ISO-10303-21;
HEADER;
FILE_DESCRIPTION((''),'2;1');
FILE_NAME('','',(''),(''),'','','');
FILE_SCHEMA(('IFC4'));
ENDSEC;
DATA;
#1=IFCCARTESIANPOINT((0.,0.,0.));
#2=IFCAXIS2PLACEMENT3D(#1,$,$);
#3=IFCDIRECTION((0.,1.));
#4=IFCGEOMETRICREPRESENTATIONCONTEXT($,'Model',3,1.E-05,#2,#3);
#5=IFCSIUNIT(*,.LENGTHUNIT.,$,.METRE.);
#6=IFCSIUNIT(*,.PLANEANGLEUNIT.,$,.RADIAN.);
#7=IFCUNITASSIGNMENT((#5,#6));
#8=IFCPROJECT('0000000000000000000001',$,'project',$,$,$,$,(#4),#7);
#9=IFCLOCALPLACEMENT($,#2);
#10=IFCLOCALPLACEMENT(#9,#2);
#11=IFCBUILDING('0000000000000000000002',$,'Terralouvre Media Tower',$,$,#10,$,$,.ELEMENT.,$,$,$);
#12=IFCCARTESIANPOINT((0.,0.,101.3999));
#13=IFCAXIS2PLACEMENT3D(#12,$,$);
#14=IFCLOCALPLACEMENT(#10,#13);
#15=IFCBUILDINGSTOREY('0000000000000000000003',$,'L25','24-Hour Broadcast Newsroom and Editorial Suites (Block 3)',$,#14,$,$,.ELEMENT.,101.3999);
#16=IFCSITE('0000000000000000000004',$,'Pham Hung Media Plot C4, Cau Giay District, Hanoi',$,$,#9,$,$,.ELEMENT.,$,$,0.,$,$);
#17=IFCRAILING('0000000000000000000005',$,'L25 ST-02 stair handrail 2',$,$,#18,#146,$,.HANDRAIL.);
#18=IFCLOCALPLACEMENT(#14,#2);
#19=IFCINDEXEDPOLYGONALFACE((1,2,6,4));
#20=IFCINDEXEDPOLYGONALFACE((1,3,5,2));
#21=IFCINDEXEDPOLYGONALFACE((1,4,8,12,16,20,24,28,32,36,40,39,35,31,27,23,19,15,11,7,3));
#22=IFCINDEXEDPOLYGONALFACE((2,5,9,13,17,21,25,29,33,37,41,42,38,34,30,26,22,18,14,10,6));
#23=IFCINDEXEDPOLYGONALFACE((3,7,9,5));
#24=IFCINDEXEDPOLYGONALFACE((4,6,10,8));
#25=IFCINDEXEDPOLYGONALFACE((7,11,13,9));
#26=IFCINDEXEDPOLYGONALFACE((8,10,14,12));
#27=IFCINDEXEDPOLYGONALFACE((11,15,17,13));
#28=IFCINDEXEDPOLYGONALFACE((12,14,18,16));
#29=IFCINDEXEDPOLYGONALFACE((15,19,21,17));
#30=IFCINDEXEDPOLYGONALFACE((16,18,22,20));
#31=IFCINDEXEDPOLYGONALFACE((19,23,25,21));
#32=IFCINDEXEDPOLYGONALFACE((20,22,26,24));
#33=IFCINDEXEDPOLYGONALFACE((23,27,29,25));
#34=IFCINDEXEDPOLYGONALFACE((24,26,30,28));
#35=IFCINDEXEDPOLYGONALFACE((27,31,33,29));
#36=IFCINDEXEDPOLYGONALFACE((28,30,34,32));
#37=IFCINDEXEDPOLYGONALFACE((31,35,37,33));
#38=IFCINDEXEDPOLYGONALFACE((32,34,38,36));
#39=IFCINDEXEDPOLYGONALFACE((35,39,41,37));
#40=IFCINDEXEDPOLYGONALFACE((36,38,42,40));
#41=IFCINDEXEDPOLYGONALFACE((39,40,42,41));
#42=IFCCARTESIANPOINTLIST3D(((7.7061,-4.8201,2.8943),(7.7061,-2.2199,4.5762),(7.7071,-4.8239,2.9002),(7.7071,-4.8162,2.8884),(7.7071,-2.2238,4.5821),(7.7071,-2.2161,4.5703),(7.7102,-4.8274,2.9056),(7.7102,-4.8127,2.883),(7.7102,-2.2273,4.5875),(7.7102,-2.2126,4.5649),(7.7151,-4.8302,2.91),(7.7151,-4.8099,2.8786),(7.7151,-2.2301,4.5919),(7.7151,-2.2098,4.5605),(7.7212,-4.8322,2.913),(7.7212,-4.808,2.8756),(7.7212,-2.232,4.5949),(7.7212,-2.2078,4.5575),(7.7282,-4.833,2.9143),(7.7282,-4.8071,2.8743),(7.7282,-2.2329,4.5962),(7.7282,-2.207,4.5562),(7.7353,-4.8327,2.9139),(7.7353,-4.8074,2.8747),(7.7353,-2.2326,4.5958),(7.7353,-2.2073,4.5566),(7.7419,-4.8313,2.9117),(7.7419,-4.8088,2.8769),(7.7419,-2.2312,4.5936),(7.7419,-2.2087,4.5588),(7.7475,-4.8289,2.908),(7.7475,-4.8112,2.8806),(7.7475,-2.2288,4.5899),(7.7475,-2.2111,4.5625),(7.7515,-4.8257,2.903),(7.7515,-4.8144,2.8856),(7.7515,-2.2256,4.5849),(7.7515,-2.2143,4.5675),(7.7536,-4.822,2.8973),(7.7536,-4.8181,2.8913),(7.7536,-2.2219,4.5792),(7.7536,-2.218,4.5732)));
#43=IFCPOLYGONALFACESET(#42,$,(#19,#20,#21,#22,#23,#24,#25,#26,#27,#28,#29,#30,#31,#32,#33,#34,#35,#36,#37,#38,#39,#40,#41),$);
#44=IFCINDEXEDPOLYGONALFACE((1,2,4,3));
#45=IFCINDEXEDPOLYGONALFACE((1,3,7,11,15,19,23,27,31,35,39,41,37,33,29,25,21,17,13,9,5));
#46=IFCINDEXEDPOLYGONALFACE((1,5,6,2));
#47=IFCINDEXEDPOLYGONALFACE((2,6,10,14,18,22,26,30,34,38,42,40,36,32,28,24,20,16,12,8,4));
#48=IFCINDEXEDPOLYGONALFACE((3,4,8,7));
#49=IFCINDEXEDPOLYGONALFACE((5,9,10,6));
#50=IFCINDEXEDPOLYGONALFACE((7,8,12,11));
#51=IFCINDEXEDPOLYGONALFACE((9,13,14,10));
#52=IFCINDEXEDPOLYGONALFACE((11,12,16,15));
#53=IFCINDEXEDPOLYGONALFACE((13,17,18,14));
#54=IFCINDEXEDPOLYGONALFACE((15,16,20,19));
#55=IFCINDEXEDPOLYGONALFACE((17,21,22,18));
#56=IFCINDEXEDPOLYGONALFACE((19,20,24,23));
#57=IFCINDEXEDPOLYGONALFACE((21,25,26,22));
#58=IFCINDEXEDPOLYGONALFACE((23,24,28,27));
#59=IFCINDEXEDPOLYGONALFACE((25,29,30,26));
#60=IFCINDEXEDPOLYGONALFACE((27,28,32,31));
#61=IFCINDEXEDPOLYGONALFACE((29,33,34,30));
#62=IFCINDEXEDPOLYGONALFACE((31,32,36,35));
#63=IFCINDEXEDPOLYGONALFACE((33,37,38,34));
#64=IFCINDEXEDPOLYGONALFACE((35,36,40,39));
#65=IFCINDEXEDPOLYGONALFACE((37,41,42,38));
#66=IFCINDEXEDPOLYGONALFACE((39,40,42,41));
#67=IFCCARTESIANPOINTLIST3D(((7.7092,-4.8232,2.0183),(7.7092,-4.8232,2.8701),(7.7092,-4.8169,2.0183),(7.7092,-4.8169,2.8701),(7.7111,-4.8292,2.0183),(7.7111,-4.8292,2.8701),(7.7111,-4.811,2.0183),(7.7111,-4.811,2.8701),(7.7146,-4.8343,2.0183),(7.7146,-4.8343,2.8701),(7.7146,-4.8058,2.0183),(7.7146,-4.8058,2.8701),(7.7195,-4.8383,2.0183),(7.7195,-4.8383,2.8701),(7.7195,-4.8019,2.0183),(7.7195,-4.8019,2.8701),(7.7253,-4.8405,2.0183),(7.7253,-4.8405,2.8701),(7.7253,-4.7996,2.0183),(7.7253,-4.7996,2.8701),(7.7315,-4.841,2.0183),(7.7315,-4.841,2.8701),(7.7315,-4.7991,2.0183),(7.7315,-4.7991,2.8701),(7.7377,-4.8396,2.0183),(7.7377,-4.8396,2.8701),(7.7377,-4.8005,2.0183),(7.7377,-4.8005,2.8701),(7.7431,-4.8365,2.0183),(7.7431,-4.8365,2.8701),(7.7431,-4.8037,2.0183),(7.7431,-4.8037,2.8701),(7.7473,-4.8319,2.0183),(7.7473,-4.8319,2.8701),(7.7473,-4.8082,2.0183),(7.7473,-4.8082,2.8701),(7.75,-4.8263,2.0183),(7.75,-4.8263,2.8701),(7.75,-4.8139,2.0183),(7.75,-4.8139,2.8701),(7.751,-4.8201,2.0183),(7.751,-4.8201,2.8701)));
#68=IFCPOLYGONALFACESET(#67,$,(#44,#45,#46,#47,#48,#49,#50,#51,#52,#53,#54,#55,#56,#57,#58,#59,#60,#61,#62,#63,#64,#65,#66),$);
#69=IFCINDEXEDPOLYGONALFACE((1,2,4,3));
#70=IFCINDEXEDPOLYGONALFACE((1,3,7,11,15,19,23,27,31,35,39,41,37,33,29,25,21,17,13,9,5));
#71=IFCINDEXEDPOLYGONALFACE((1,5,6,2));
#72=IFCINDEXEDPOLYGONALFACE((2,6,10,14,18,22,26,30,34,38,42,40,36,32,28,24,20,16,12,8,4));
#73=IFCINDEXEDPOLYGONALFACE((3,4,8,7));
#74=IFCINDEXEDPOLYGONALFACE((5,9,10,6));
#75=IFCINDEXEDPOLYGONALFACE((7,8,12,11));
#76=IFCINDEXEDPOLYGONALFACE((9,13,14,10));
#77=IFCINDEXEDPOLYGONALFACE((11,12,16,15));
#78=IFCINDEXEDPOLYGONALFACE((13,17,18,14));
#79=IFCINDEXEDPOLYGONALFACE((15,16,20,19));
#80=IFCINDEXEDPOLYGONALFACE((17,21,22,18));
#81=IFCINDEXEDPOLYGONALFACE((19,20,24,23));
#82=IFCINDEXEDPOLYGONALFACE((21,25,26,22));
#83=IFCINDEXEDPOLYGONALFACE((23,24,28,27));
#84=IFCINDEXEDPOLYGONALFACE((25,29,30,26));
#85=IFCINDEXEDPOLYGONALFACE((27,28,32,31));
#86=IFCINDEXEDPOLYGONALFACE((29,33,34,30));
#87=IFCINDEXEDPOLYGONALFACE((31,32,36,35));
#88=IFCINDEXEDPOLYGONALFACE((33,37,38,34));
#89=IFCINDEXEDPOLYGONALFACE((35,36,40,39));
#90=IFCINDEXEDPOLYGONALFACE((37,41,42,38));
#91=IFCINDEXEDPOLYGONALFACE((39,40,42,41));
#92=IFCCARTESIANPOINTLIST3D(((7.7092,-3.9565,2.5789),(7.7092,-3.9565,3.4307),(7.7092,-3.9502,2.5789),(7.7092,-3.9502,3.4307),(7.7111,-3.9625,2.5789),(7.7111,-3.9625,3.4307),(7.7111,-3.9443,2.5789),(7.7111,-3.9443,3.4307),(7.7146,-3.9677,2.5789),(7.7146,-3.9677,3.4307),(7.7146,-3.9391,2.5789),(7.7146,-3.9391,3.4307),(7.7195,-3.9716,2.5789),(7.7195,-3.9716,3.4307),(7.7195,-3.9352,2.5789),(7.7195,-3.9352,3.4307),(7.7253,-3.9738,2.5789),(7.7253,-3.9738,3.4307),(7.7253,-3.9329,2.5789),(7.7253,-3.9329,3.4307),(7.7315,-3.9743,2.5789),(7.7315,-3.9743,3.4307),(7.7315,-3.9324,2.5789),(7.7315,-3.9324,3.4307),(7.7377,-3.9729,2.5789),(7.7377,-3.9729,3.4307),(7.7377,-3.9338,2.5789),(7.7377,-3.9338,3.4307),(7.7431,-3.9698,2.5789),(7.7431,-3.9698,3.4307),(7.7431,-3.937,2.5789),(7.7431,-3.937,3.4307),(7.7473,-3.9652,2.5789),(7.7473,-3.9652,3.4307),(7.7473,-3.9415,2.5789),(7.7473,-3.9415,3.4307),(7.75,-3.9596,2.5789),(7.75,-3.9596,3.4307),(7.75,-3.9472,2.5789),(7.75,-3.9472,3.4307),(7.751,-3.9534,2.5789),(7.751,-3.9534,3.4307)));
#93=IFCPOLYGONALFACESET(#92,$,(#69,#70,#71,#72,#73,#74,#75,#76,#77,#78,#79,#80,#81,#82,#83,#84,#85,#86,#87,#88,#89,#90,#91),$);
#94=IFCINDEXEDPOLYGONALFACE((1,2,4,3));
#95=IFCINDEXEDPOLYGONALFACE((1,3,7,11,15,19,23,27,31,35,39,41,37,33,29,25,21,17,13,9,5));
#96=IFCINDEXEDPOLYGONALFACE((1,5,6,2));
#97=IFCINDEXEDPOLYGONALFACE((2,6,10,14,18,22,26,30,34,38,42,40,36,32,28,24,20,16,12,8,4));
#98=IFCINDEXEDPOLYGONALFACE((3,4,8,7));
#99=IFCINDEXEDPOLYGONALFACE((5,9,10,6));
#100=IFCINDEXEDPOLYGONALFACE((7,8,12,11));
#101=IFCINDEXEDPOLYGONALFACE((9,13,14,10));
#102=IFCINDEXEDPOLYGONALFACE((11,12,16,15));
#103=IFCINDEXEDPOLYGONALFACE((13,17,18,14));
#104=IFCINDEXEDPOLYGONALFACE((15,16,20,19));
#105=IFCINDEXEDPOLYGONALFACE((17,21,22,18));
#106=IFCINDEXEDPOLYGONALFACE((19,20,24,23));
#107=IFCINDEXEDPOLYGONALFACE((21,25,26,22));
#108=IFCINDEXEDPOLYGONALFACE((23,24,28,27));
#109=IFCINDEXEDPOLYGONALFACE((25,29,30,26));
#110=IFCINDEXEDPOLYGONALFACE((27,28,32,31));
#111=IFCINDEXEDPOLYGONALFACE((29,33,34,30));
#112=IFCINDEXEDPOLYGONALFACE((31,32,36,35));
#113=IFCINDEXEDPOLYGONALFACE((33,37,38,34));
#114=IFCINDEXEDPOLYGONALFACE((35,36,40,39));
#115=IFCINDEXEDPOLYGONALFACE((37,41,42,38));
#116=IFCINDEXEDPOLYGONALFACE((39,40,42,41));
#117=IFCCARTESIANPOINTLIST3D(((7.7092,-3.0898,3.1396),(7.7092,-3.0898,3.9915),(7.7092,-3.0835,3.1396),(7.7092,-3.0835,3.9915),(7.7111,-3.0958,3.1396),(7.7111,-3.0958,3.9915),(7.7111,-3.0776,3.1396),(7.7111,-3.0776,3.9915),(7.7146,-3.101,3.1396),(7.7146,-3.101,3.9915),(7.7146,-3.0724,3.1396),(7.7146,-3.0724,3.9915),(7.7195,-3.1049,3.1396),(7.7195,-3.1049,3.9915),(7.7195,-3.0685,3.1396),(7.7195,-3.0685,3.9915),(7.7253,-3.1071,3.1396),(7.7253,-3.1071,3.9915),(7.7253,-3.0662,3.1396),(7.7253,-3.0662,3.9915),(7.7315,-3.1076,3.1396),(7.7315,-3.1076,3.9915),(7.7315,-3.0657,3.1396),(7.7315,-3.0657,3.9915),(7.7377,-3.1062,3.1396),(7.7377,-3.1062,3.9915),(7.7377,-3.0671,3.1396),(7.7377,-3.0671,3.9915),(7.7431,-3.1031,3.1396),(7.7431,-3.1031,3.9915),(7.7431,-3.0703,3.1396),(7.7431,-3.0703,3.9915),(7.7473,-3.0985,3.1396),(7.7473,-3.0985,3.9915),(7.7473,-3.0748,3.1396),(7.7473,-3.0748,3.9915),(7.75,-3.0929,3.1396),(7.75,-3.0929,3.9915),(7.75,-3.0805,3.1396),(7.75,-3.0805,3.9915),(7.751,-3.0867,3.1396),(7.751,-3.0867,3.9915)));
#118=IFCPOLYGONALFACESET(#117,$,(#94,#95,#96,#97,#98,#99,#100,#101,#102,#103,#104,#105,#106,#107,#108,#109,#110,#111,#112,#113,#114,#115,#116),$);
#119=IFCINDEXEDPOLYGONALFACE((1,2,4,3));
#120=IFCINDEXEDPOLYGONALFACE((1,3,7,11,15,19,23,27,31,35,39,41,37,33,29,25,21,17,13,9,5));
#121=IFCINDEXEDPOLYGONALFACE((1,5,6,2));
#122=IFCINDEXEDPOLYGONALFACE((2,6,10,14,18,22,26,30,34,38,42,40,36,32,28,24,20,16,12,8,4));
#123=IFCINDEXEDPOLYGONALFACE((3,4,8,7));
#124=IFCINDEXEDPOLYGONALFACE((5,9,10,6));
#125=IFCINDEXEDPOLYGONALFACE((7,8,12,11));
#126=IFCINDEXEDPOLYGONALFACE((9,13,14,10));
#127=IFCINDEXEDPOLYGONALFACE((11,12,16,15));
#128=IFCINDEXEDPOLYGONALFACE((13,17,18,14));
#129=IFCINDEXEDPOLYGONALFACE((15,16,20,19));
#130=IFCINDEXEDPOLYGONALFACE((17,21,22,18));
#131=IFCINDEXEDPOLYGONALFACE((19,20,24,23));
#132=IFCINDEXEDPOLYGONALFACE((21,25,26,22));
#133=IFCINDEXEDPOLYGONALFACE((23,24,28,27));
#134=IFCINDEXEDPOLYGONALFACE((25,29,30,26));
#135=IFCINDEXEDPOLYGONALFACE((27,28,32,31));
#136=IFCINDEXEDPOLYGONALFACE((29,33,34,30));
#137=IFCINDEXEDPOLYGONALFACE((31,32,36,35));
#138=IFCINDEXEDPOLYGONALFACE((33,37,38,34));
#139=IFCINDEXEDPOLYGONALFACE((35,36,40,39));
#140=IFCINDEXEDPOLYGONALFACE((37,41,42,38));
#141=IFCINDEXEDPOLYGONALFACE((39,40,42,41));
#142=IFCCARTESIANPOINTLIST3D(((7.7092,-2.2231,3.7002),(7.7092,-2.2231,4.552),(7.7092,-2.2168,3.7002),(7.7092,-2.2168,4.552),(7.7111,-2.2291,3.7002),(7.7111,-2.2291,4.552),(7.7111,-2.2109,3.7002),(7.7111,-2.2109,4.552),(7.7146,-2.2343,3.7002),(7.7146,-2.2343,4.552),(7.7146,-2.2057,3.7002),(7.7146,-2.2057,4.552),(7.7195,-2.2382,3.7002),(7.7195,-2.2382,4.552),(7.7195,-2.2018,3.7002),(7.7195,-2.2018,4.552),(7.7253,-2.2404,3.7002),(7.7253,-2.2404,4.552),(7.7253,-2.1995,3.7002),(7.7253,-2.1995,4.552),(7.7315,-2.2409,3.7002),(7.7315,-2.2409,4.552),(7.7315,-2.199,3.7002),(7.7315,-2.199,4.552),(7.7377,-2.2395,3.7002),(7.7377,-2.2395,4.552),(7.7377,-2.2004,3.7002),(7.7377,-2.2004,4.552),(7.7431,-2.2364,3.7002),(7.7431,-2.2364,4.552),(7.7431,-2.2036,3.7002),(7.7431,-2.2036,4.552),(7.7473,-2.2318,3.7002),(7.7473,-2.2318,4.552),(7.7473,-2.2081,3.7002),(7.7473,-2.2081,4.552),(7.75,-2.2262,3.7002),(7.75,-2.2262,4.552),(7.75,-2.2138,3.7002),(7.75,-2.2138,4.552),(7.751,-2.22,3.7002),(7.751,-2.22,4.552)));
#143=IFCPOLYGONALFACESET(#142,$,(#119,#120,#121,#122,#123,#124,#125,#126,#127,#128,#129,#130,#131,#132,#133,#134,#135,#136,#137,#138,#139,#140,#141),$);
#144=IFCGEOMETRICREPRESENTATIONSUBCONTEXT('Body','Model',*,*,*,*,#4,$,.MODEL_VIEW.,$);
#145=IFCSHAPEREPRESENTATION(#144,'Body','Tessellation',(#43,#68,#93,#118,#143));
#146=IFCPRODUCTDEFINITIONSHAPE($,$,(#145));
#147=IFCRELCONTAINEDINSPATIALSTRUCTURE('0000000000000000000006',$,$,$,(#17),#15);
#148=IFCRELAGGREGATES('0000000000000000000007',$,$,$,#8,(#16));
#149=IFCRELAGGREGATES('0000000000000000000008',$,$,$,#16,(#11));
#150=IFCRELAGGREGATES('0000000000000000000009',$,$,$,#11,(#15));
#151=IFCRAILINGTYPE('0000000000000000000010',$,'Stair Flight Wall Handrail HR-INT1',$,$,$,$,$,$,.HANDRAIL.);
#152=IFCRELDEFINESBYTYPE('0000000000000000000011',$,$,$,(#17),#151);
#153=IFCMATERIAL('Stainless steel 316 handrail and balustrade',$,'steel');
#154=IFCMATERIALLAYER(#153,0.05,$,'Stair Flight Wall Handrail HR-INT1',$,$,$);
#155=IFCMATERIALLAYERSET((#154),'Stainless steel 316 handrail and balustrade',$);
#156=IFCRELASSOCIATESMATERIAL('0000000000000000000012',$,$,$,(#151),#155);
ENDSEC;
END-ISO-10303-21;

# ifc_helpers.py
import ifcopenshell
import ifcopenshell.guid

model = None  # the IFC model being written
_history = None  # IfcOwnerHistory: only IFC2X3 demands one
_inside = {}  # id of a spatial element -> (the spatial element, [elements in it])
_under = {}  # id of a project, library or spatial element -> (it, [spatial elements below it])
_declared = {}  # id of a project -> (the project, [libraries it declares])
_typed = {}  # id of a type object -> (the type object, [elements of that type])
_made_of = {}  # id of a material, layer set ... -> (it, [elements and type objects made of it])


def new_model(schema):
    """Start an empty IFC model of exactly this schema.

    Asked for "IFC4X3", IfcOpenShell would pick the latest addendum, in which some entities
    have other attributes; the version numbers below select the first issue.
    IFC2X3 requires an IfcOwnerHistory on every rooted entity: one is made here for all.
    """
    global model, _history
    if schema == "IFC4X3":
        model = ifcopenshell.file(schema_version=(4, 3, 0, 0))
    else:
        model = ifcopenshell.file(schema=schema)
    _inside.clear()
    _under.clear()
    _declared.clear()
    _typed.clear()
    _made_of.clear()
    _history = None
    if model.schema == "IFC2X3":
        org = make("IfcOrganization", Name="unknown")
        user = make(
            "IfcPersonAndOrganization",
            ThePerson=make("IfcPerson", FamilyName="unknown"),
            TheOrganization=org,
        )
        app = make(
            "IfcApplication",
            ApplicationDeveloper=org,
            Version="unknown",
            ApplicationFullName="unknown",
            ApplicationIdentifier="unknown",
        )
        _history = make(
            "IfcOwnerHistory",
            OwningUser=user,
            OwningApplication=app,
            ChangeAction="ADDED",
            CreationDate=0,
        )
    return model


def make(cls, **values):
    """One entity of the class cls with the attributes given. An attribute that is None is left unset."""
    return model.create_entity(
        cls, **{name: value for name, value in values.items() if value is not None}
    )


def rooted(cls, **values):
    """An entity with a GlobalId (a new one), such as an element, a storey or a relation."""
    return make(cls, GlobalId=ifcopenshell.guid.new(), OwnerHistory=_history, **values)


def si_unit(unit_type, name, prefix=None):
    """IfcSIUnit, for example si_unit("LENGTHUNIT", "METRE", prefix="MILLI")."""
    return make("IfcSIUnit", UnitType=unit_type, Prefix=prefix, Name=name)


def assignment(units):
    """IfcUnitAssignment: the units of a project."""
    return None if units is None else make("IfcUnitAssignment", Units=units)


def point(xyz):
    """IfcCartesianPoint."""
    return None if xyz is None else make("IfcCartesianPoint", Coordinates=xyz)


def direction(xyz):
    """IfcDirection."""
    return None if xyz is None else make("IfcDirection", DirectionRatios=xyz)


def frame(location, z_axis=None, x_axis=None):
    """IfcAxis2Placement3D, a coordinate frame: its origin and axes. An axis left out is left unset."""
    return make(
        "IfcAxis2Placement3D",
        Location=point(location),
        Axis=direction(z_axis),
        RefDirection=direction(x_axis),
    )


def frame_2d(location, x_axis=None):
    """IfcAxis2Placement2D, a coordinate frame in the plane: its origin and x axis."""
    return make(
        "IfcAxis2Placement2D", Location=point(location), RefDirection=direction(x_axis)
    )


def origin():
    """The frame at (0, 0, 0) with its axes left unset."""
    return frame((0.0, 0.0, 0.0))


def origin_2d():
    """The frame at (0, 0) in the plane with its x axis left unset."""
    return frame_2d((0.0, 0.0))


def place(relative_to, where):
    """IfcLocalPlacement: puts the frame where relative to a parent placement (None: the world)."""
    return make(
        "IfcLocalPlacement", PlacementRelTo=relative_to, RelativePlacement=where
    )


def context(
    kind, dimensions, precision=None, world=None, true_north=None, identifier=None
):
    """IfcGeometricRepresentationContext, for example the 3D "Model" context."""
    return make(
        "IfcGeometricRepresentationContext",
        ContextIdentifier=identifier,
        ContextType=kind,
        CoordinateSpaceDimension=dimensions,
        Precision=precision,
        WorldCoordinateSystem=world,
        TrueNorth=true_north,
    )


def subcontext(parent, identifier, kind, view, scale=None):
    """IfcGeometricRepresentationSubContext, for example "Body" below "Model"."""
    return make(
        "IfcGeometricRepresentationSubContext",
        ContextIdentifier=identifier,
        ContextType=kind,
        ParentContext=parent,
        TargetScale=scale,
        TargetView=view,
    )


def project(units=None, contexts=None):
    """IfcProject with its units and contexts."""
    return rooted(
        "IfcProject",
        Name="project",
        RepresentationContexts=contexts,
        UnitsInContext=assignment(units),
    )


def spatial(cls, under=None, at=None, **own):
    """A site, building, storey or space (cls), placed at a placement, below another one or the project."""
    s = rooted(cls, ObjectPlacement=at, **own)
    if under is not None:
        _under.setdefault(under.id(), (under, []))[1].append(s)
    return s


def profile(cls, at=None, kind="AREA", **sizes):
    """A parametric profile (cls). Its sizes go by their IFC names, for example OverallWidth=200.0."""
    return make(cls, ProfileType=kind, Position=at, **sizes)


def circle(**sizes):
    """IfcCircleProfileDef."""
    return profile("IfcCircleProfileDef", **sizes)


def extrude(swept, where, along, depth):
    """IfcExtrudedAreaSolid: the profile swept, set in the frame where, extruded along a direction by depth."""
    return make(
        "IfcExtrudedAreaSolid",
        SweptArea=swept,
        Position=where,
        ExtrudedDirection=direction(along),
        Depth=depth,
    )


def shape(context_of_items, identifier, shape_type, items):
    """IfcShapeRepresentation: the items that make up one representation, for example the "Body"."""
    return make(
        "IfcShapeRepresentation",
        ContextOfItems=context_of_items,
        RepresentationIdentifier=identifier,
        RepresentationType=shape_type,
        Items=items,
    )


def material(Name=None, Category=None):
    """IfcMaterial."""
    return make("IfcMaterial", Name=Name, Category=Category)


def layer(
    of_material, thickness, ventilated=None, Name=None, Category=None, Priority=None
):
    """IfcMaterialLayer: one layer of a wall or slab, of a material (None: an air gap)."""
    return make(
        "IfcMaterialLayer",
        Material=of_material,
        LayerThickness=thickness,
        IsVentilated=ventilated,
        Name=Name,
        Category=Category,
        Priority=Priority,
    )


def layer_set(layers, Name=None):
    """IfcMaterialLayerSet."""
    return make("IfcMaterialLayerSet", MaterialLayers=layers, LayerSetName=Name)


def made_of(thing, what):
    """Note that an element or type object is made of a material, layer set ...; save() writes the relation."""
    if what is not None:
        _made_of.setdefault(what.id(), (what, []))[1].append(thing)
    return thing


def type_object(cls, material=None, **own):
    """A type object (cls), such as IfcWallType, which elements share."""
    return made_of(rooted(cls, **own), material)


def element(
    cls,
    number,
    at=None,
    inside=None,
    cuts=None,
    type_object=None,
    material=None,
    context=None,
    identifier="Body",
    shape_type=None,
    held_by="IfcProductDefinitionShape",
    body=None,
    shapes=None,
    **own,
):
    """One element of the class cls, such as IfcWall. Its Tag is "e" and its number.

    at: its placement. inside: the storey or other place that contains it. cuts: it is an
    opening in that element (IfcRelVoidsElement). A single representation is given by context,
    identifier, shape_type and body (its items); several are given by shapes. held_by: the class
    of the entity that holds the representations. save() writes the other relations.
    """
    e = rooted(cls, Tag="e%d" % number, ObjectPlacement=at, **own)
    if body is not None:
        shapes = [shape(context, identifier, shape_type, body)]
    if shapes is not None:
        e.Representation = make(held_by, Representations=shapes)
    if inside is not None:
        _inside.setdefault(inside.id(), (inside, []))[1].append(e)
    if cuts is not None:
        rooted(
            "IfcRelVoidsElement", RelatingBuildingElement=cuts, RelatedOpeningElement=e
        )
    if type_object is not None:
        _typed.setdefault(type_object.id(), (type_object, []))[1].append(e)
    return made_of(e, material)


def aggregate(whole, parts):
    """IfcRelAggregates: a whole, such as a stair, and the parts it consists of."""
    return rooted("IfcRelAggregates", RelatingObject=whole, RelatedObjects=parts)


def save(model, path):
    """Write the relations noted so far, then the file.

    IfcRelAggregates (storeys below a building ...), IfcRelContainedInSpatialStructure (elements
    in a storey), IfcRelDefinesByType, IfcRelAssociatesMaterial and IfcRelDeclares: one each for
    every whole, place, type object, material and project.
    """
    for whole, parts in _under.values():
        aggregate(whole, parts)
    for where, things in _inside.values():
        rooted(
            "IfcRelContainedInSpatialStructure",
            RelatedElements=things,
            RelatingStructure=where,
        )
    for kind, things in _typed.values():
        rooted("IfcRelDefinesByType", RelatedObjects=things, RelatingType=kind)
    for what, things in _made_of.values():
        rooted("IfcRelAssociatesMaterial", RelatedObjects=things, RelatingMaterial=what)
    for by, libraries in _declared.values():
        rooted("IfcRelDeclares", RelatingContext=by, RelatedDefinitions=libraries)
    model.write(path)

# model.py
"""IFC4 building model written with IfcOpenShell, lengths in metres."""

from ifc_helpers import new_model, si_unit, direction, frame, origin, origin_2d, place, context, subcontext, project, spatial, circle, extrude, material, layer, layer_set, type_object, element, save


model = new_model("IFC4")

# Units and contexts
model_context = context("Model", 3, precision=1e-05, world=origin(), true_north=direction((0.0, 1.0)))
body_context = subcontext(model_context, "Body", "Model", "MODEL_VIEW")
ifc_project = project(units=[si_unit("LENGTHUNIT", "METRE"), si_unit("PLANEANGLEUNIT", "RADIAN")], contexts=[model_context])

# Site, building, storey
site_placement = place(None, origin())
site = spatial("IfcSite", under=ifc_project, at=site_placement, Name="Pham Hung Media Plot C4, Cau Giay District, Hanoi", CompositionType="ELEMENT", RefElevation=0.0)
building_placement = place(site_placement, origin())
building = spatial("IfcBuilding", under=site, at=building_placement, Name="Terralouvre Media Tower", CompositionType="ELEMENT")
storey_placement = place(building_placement, frame((0.0, 0.0, 101.3999)))
storey = spatial("IfcBuildingStorey", under=building, at=storey_placement, Name="L25", Description="24-Hour Broadcast Newsroom and Editorial Suites (Block 3)", CompositionType="ELEMENT", Elevation=101.3999)

# Railing
ifc_material_1 = material(Name="Stainless steel 316 handrail and balustrade", Category="steel")
ifc_layer_1 = layer(ifc_material_1, 0.05, Name="Stair Flight Wall Handrail HR-INT1")
ifc_layer_set_1 = layer_set([ifc_layer_1], Name="Stainless steel 316 handrail and balustrade")
railing_type_1 = type_object("IfcRailingType", Name="Stair Flight Wall Handrail HR-INT1", PredefinedType="HANDRAIL", material=ifc_layer_set_1)
railing_1_placement = place(storey_placement, frame((7.73, -4.8201, 2.0183)))
element("IfcRailing", 1, at=railing_1_placement, inside=storey, type_object=railing_type_1, Name="L25 ST-02 stair handrail 2", PredefinedType="HANDRAIL", context=body_context, shape_type="SweptSolid", body=[
    extrude(circle(Radius=0.0239, at=origin_2d()), frame((0.0, 0.0, 0.876), z_axis=(0.0, 0.839648, 0.54313), x_axis=(-1.0, 0.0, 0.0)), (0.0, 0.0, 1.0), 3.0967),
    extrude(circle(Radius=0.021, at=origin_2d()), origin(), (0.0, 0.0, 1.0), 0.8518),
    extrude(circle(Radius=0.021, at=origin_2d()), frame((0.0, 0.8667, 0.5605)), (0.0, 0.0, 1.0), 0.8518),
    extrude(circle(Radius=0.021, at=origin_2d()), frame((0.0, 1.7334, 1.1213)), (0.0, 0.0, 1.0), 0.8518),
    extrude(circle(Radius=0.021, at=origin_2d()), frame((0.0, 2.6001, 1.6819)), (0.0, 0.0, 1.0), 0.8518),
])

save(model, "model.ifc")
